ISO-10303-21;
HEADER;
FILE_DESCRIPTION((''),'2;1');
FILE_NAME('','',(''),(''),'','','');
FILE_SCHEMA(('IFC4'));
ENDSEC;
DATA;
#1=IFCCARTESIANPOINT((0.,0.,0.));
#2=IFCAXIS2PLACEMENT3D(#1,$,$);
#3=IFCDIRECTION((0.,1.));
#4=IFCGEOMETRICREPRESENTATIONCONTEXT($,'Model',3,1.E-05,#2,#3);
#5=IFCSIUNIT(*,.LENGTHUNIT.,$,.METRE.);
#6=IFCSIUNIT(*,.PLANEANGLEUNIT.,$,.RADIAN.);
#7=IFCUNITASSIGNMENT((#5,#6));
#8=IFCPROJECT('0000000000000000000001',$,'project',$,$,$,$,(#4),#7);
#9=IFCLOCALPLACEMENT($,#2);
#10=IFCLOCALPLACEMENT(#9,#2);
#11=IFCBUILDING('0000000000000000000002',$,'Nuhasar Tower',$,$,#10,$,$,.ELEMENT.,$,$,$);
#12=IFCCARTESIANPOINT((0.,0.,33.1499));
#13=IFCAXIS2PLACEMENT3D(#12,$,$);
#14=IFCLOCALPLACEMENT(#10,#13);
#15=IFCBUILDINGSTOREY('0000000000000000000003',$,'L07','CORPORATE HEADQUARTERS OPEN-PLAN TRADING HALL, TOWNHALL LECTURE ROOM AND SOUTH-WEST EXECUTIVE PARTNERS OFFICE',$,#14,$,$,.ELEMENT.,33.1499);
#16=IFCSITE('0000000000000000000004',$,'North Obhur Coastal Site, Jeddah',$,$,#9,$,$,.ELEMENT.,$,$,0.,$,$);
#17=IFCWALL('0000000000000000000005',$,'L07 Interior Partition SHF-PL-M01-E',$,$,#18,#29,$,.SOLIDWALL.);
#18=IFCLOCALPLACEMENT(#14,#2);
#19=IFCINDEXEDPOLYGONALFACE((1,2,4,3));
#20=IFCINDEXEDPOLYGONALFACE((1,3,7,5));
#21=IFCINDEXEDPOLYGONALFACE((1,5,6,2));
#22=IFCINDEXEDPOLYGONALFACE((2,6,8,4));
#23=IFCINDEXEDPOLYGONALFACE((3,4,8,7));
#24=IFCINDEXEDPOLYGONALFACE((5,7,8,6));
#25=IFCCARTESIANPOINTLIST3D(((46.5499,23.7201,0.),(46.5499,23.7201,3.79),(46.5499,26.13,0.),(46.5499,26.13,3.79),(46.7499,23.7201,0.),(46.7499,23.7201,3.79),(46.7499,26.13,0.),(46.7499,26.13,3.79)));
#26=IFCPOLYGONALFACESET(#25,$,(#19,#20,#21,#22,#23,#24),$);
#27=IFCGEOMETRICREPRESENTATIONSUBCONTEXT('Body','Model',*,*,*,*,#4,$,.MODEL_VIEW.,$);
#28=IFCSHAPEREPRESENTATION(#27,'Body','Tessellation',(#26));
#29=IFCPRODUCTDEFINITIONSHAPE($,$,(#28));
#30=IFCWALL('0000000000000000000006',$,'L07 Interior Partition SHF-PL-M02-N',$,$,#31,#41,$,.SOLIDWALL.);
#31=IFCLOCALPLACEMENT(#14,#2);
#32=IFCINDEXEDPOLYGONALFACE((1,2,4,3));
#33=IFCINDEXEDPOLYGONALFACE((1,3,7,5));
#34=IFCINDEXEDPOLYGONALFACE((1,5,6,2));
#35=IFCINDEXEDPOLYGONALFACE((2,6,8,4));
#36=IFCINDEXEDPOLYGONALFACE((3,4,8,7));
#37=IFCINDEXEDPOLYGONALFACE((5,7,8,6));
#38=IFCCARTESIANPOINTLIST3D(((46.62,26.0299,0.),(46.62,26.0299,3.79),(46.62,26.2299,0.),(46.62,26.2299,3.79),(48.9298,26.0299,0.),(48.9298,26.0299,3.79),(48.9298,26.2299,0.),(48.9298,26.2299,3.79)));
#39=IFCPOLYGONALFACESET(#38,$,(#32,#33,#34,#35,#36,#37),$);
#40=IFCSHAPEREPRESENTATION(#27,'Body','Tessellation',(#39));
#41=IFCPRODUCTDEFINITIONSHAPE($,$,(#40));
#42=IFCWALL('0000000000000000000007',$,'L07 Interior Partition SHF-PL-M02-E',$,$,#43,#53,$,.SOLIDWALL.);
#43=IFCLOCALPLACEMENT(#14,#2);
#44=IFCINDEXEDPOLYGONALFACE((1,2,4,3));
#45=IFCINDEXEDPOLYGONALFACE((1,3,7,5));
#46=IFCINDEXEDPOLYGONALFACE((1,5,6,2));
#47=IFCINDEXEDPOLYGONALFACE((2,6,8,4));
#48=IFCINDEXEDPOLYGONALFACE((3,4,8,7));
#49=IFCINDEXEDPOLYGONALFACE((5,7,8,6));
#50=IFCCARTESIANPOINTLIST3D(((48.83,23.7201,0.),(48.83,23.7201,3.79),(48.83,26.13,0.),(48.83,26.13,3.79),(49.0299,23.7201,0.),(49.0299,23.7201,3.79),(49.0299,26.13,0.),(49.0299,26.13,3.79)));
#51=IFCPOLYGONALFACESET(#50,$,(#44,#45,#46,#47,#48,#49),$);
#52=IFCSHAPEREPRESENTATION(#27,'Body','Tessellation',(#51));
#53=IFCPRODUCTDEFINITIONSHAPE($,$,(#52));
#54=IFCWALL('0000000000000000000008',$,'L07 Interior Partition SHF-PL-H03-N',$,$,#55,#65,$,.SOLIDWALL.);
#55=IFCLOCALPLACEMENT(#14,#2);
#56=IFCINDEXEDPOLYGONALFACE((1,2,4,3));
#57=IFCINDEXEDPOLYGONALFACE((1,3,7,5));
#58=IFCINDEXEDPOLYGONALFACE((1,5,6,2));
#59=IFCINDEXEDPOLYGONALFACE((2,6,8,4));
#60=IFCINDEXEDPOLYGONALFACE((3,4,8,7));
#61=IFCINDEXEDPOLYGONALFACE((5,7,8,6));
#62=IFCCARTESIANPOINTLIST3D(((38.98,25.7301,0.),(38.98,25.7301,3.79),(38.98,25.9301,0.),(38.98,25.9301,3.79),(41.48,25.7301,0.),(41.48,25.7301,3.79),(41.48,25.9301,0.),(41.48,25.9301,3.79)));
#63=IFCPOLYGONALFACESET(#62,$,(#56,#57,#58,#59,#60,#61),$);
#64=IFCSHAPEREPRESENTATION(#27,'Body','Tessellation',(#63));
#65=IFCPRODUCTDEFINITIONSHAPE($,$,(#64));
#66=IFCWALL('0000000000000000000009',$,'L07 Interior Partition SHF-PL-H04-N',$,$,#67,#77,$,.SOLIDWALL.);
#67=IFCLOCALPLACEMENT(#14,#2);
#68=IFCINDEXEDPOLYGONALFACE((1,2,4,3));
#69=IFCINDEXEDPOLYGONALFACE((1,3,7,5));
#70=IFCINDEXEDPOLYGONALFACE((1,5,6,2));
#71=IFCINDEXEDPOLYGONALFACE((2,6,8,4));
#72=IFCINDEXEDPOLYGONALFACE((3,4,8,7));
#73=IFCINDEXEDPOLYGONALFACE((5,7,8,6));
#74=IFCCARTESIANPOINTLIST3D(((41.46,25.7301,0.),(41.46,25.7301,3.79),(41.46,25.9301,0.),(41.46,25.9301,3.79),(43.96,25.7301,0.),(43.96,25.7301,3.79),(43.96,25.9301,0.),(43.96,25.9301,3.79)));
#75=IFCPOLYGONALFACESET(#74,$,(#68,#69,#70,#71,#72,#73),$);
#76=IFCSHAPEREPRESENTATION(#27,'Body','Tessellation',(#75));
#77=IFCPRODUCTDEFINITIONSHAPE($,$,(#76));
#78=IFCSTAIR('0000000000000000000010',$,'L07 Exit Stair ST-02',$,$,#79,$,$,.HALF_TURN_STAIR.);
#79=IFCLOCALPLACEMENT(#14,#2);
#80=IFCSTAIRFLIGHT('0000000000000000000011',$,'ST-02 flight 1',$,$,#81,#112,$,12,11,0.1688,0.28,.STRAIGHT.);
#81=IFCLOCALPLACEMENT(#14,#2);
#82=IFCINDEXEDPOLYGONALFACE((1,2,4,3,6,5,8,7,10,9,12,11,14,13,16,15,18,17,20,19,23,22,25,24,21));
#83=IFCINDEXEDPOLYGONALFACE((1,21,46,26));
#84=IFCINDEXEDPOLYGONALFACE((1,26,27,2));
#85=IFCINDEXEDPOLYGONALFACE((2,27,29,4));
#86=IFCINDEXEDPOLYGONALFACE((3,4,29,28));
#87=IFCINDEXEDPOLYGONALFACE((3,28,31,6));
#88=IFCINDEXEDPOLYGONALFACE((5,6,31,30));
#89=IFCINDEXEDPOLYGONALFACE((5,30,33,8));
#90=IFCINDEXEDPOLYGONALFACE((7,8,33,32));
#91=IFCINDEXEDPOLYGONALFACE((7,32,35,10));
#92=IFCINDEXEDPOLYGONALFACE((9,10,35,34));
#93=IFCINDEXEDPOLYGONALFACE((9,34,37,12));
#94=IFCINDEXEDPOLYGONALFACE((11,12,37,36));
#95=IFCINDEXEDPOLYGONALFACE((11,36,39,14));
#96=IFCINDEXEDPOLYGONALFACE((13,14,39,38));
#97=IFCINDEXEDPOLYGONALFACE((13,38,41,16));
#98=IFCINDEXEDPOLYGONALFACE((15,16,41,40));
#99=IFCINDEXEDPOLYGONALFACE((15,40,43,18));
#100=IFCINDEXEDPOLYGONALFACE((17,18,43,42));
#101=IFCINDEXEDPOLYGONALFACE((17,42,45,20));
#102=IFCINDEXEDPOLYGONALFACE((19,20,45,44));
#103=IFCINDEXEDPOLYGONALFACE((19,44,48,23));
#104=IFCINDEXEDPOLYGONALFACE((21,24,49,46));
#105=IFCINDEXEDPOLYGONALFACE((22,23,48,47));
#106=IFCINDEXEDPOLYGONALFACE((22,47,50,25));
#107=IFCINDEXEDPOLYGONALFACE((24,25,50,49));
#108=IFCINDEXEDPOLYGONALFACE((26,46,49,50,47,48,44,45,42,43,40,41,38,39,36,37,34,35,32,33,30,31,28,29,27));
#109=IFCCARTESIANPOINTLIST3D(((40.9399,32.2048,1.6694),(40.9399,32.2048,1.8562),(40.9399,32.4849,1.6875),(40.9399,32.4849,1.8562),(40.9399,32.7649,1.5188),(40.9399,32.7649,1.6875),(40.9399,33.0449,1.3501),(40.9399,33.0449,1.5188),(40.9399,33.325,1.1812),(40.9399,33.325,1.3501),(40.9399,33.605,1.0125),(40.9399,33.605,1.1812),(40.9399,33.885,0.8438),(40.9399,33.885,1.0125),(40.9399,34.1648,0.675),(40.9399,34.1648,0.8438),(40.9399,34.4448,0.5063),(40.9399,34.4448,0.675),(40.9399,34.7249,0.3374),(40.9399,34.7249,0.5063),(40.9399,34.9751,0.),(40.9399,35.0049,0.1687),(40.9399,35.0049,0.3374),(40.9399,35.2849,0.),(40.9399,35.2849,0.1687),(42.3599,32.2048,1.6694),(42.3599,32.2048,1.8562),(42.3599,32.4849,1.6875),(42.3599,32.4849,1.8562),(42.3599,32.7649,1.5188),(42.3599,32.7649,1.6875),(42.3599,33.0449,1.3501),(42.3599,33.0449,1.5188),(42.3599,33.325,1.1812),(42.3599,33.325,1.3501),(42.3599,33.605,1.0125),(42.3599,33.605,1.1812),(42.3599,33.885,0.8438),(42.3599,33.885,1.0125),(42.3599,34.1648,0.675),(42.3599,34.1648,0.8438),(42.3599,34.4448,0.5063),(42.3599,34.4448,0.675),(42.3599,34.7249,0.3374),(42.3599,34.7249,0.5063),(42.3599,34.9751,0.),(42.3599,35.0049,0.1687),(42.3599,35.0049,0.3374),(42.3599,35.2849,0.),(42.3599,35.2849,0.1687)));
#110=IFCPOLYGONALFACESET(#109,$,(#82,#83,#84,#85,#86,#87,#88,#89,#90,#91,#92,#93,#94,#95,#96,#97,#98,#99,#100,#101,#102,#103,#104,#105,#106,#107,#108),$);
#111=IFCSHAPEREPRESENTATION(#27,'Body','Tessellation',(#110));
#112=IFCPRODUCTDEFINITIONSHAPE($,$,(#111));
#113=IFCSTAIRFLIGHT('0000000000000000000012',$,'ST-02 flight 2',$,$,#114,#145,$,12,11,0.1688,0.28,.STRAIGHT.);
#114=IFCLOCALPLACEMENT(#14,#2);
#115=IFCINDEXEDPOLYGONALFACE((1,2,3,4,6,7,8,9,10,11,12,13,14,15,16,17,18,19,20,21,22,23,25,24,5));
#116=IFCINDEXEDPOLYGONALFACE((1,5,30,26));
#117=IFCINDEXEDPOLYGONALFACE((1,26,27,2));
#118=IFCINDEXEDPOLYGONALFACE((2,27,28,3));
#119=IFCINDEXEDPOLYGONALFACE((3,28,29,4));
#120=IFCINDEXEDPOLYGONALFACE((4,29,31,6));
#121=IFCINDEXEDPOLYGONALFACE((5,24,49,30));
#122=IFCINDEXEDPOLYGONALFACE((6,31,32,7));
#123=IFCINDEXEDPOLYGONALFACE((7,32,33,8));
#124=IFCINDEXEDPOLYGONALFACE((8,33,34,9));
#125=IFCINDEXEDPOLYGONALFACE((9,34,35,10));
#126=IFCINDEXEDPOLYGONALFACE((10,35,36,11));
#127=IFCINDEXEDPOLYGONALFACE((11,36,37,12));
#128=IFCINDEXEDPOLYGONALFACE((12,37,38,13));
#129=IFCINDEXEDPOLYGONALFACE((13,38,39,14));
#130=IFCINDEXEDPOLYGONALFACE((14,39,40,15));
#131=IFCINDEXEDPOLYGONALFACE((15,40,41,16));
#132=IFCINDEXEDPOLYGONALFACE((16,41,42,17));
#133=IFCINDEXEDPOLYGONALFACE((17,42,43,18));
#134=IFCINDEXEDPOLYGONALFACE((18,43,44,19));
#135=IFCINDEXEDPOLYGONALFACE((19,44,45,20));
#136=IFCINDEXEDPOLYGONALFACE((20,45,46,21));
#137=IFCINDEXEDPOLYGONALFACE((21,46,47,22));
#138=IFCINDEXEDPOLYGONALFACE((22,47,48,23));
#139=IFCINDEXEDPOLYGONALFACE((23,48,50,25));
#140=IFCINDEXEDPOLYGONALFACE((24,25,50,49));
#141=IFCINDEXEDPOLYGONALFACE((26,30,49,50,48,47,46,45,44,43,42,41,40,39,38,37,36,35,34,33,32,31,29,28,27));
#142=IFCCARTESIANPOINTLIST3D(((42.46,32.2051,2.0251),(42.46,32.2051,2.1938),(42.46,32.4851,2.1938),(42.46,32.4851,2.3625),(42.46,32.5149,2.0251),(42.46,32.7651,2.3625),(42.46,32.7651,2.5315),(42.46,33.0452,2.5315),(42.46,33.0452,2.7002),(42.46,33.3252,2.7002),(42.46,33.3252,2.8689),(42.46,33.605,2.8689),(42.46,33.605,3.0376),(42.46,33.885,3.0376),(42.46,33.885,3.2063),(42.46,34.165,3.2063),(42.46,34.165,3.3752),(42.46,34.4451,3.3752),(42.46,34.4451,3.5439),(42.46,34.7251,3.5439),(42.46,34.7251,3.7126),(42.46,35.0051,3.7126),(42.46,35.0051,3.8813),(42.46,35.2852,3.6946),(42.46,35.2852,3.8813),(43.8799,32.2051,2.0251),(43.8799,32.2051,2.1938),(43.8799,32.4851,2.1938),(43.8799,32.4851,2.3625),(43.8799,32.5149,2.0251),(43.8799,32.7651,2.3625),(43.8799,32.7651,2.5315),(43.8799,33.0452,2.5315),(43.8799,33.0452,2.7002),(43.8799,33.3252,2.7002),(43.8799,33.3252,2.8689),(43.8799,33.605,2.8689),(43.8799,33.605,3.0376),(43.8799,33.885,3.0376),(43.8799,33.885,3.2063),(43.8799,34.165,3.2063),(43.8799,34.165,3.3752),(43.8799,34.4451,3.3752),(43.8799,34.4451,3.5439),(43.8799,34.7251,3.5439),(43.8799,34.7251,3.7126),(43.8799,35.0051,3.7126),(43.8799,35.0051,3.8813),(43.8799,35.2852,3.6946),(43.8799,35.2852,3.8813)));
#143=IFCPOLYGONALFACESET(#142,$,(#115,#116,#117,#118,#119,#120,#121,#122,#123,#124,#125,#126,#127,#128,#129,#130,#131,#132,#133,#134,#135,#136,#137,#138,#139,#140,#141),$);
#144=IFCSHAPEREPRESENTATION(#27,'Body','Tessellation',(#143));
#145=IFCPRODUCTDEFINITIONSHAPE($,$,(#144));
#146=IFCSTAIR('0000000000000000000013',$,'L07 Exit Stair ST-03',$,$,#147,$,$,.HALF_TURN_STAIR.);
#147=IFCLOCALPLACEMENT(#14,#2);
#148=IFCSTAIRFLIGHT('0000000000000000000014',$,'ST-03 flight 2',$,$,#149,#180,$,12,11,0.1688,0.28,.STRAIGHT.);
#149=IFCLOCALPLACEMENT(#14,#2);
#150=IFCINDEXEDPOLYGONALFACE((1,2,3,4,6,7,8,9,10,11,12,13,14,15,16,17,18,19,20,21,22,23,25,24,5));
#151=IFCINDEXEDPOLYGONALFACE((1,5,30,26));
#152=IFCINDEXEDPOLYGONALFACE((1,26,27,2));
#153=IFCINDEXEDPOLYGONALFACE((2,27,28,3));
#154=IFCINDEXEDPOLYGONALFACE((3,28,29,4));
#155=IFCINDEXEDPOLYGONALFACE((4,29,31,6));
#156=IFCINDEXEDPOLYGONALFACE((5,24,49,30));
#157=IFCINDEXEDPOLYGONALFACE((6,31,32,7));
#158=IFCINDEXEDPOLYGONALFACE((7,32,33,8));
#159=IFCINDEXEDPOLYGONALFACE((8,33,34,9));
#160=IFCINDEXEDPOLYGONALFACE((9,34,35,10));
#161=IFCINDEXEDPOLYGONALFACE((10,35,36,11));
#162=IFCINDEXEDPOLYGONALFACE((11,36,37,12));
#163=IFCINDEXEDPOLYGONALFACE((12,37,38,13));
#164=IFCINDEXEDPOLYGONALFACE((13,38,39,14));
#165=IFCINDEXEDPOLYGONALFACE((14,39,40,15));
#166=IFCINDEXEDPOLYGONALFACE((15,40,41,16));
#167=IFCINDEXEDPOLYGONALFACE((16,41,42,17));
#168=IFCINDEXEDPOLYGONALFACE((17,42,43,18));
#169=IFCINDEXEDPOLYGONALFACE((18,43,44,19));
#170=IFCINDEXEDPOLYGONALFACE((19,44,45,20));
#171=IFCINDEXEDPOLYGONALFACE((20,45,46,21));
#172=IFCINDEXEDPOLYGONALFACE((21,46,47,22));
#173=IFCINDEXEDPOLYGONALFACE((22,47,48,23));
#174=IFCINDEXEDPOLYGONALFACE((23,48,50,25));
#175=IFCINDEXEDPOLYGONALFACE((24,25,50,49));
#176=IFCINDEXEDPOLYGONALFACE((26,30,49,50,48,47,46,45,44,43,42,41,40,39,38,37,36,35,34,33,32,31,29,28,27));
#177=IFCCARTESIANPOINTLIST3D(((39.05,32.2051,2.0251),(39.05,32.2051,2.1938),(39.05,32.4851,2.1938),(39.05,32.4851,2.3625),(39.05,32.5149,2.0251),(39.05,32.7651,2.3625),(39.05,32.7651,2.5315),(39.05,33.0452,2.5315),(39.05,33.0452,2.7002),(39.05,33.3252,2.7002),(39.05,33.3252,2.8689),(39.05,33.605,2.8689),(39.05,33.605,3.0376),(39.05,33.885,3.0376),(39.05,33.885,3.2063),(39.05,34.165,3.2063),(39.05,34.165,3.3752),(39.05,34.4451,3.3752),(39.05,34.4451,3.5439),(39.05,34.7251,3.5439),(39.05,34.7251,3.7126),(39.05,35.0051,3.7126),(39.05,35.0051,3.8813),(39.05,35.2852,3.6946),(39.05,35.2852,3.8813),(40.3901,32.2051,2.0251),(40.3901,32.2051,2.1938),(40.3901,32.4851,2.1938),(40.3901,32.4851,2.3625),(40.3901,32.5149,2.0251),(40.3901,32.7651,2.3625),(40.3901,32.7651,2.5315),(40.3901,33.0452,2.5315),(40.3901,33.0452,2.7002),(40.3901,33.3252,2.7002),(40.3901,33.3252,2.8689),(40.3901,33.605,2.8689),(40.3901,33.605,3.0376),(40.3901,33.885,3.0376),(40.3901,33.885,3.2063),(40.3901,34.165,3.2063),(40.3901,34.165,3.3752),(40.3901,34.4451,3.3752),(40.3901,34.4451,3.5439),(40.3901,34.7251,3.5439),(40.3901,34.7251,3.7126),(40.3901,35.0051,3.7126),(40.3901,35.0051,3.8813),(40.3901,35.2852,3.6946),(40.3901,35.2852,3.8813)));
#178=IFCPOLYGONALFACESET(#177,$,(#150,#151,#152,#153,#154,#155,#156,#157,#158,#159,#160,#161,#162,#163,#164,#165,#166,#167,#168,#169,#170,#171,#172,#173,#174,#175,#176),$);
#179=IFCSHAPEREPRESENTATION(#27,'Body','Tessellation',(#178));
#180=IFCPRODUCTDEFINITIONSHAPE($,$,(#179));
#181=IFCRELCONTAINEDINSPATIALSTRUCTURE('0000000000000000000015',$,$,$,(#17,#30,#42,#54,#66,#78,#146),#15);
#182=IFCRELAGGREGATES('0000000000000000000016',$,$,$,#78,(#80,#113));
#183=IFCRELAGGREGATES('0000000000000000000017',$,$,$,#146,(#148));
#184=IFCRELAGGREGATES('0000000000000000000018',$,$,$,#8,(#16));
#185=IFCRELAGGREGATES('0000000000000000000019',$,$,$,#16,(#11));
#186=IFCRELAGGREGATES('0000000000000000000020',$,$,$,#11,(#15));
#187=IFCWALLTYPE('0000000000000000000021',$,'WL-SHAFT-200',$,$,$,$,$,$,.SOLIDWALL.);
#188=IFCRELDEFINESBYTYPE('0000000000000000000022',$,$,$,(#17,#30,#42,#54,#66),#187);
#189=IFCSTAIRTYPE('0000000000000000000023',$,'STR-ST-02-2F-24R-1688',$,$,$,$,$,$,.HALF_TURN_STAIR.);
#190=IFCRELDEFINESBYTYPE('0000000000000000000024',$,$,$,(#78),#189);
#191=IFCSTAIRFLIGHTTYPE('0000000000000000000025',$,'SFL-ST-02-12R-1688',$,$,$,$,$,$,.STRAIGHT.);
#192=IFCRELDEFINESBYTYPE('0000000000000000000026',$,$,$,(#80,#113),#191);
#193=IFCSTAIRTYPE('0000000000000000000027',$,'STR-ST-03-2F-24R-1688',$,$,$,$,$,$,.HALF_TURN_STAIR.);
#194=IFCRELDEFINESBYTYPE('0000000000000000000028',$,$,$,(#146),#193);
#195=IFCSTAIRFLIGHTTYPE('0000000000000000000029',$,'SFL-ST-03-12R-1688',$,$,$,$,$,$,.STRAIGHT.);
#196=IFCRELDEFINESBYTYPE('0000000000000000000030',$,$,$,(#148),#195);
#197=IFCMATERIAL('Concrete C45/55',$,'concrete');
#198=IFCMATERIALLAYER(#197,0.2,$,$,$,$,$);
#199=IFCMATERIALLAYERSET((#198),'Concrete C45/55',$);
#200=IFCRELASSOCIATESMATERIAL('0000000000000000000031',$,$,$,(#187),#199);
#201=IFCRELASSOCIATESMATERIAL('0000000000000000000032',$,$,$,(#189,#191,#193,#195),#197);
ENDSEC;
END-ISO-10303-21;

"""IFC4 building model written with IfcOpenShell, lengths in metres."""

from ifc_helpers import new_model, si_unit, direction, frame, frame_2d, origin, place, context, subcontext, project, spatial, polyline, rectangle, outline, extrude, material, layer, layer_set, type_object, element, aggregate, save


model = new_model("IFC4")

# Units and contexts
model_context = context("Model", 3, precision=1e-05, world=origin(), true_north=direction((0.0, 1.0)))
body_context = subcontext(model_context, "Body", "Model", "MODEL_VIEW")
ifc_project = project(units=[si_unit("LENGTHUNIT", "METRE"), si_unit("PLANEANGLEUNIT", "RADIAN")], contexts=[model_context])

# Site, building, storey
site_placement = place(None, origin())
site = spatial("IfcSite", under=ifc_project, at=site_placement, Name="North Obhur Coastal Site, Jeddah", CompositionType="ELEMENT", RefElevation=0.0)
building_placement = place(site_placement, origin())
building = spatial("IfcBuilding", under=site, at=building_placement, Name="Nuhasar Tower", CompositionType="ELEMENT")
storey_placement = place(building_placement, frame((0.0, 0.0, 33.1499)))
storey = spatial("IfcBuildingStorey", under=building, at=storey_placement, Name="L07", Description="CORPORATE HEADQUARTERS OPEN-PLAN TRADING HALL, TOWNHALL LECTURE ROOM AND SOUTH-WEST EXECUTIVE PARTNERS OFFICE", CompositionType="ELEMENT", Elevation=33.1499)

# Shared definitions
ifc_material_1 = material(Name="Concrete C45/55", Category="concrete")
ifc_layer_1 = layer(ifc_material_1, 0.2)
ifc_layer_set_1 = layer_set([ifc_layer_1], Name="Concrete C45/55")
wall_type_1 = type_object("IfcWallType", Name="WL-SHAFT-200", PredefinedType="SOLIDWALL", material=ifc_layer_set_1)

# Walls
wall_1_placement = place(storey_placement, frame((46.6499, 23.72, 0.0), z_axis=(0.0, 0.0, 1.0), x_axis=(0.0, 1.0, 0.0)))
element("IfcWall", 1, at=wall_1_placement, inside=storey, type_object=wall_type_1, Name="L07 Interior Partition SHF-PL-M01-E", PredefinedType="SOLIDWALL", context=body_context, shape_type="SweptSolid", body=[
    extrude(rectangle(XDim=2.4099, YDim=0.2, at=frame_2d((1.2051, 0.0))), origin(), (0.0, 0.0, 1.0), 3.79),
])
wall_2_placement = place(storey_placement, frame((46.6201, 26.1299, 0.0), z_axis=(0.0, 0.0, 1.0), x_axis=(1.0, 0.0, 0.0)))
element("IfcWall", 2, at=wall_2_placement, inside=storey, type_object=wall_type_1, Name="L07 Interior Partition SHF-PL-M02-N", PredefinedType="SOLIDWALL", context=body_context, shape_type="SweptSolid", body=[
    extrude(rectangle(XDim=2.3098, YDim=0.2, at=frame_2d((1.1548, 0.0))), origin(), (0.0, 0.0, 1.0), 3.79),
])
wall_3_placement = place(storey_placement, frame((48.9299, 23.72, 0.0), z_axis=(0.0, 0.0, 1.0), x_axis=(0.0, 1.0, 0.0)))
element("IfcWall", 3, at=wall_3_placement, inside=storey, type_object=wall_type_1, Name="L07 Interior Partition SHF-PL-M02-E", PredefinedType="SOLIDWALL", context=body_context, shape_type="SweptSolid", body=[
    extrude(rectangle(XDim=2.4099, YDim=0.2, at=frame_2d((1.2051, 0.0))), origin(), (0.0, 0.0, 1.0), 3.79),
])
for number, where, z_axis, x_axis, name in (
    (4, (38.98, 25.8301, 0.0), (0.0, 0.0, 1.0), (1.0, 0.0, 0.0), "L07 Interior Partition SHF-PL-H03-N"),
    (5, (41.46, 25.8301, 0.0), (0.0, 0.0, 1.0), (1.0, 0.0, 0.0), "L07 Interior Partition SHF-PL-H04-N"),
):
    element("IfcWall", number, at=place(storey_placement, frame(where, z_axis=z_axis, x_axis=x_axis)), inside=storey, type_object=wall_type_1, Name=name, PredefinedType="SOLIDWALL", context=body_context, shape_type="SweptSolid", body=[
        extrude(rectangle(XDim=2.5, YDim=0.2, at=frame_2d((1.25, 0.0))), origin(), (0.0, 0.0, 1.0), 3.79),
    ])

# Stair, stair flights
stair_type_1 = type_object("IfcStairType", Name="STR-ST-02-2F-24R-1688", PredefinedType="HALF_TURN_STAIR", material=ifc_material_1)
stair_1_placement = place(storey_placement, origin())
stair_1 = element("IfcStair", 6, at=stair_1_placement, inside=storey, type_object=stair_type_1, Name="L07 Exit Stair ST-02", PredefinedType="HALF_TURN_STAIR")
stair_flight_type_1 = type_object("IfcStairFlightType", Name="SFL-ST-02-12R-1688", PredefinedType="STRAIGHT", material=ifc_material_1)
stair_flight_1_placement = place(storey_placement, frame((41.6499, 35.2849, 0.0), z_axis=(0.0, 0.0, 1.0), x_axis=(0.0, -1.0, 0.0)))
stair_flight_1 = element("IfcStairFlight", 7, at=stair_flight_1_placement, type_object=stair_flight_type_1, Name="ST-02 flight 1", NumberOfRisers=12, NumberOfTreads=11, PredefinedType="STRAIGHT", RiserHeight=0.1688, TreadLength=0.28, context=body_context, shape_type="SweptSolid", body=[
    extrude(outline(polyline([(0.0, 0.0), (0.0, 0.1687), (0.28, 0.1687), (0.28, 0.3374), (0.5601, 0.3374), (0.5601, 0.5063), (0.8401, 0.5063), (0.8401, 0.675), (1.1201, 0.675), (1.1201, 0.8438), (1.3999, 0.8438), (1.3999, 1.0125), (1.6799, 1.0125), (1.6799, 1.1812), (1.96, 1.1812), (1.96, 1.3501), (2.24, 1.3501), (2.24, 1.5188), (2.52, 1.5188), (2.52, 1.6875), (2.8, 1.6875), (2.8, 1.8562), (3.0801, 1.8562), (3.0801, 2.0249), (3.0801, 1.6694), (0.3098, 0.0), (0.0, 0.0)])), frame((0.0, 0.71, 0.0), z_axis=(0.0, -1.0, 0.0), x_axis=(1.0, 0.0, 0.0)), (0.0, 0.0, 1.0), 1.4199),
])
stair_flight_2_placement = place(storey_placement, frame((43.1699, 32.2051, 2.0251), z_axis=(0.0, 0.0, 1.0), x_axis=(0.0, 1.0, 0.0)))
stair_flight_2 = element("IfcStairFlight", 8, at=stair_flight_2_placement, type_object=stair_flight_type_1, Name="ST-02 flight 2", NumberOfRisers=12, NumberOfTreads=11, PredefinedType="STRAIGHT", RiserHeight=0.1688, TreadLength=0.28, context=body_context, shape_type="SweptSolid", body=[
    extrude(outline(polyline([(0.0, 0.0), (0.0, 0.1687), (0.28, 0.1687), (0.28, 0.3374), (0.5601, 0.3374), (0.5601, 0.5063), (0.8401, 0.5063), (0.8401, 0.675), (1.1201, 0.675), (1.1201, 0.8438), (1.3999, 0.8438), (1.3999, 1.0125), (1.6799, 1.0125), (1.6799, 1.1812), (1.96, 1.1812), (1.96, 1.3501), (2.24, 1.3501), (2.24, 1.5188), (2.52, 1.5188), (2.52, 1.6875), (2.8, 1.6875), (2.8, 1.8562), (3.0801, 1.8562), (3.0801, 2.0249), (3.0801, 1.6694), (0.3098, 0.0), (0.0, 0.0)])), frame((0.0, 0.71, 0.0), z_axis=(0.0, -1.0, 0.0), x_axis=(1.0, 0.0, 0.0)), (0.0, 0.0, 1.0), 1.4199),
])
aggregate(stair_1, [stair_flight_1, stair_flight_2])

# Stair, stair flight
stair_type_2 = type_object("IfcStairType", Name="STR-ST-03-2F-24R-1688", PredefinedType="HALF_TURN_STAIR", material=ifc_material_1)
stair_2_placement = place(storey_placement, origin())
stair_2 = element("IfcStair", 9, at=stair_2_placement, inside=storey, type_object=stair_type_2, Name="L07 Exit Stair ST-03", PredefinedType="HALF_TURN_STAIR")
stair_flight_type_2 = type_object("IfcStairFlightType", Name="SFL-ST-03-12R-1688", PredefinedType="STRAIGHT", material=ifc_material_1)
stair_flight_3_placement = place(storey_placement, frame((39.72, 32.2051, 2.0251), z_axis=(0.0, 0.0, 1.0), x_axis=(0.0, 1.0, 0.0)))
stair_flight_3 = element("IfcStairFlight", 10, at=stair_flight_3_placement, type_object=stair_flight_type_2, Name="ST-03 flight 2", NumberOfRisers=12, NumberOfTreads=11, PredefinedType="STRAIGHT", RiserHeight=0.1688, TreadLength=0.28, context=body_context, shape_type="SweptSolid", body=[
    extrude(outline(polyline([(0.0, 0.0), (0.0, 0.1687), (0.28, 0.1687), (0.28, 0.3374), (0.5601, 0.3374), (0.5601, 0.5063), (0.8401, 0.5063), (0.8401, 0.675), (1.1201, 0.675), (1.1201, 0.8438), (1.3999, 0.8438), (1.3999, 1.0125), (1.6799, 1.0125), (1.6799, 1.1812), (1.96, 1.1812), (1.96, 1.3501), (2.24, 1.3501), (2.24, 1.5188), (2.52, 1.5188), (2.52, 1.6875), (2.8, 1.6875), (2.8, 1.8562), (3.0801, 1.8562), (3.0801, 2.0249), (3.0801, 1.6694), (0.3098, 0.0), (0.0, 0.0)])), frame((0.0, 0.6699, 0.0), z_axis=(0.0, -1.0, 0.0), x_axis=(1.0, 0.0, 0.0)), (0.0, 0.0, 1.0), 1.3401),
])
aggregate(stair_2, [stair_flight_3])

save(model, "model.ifc")
